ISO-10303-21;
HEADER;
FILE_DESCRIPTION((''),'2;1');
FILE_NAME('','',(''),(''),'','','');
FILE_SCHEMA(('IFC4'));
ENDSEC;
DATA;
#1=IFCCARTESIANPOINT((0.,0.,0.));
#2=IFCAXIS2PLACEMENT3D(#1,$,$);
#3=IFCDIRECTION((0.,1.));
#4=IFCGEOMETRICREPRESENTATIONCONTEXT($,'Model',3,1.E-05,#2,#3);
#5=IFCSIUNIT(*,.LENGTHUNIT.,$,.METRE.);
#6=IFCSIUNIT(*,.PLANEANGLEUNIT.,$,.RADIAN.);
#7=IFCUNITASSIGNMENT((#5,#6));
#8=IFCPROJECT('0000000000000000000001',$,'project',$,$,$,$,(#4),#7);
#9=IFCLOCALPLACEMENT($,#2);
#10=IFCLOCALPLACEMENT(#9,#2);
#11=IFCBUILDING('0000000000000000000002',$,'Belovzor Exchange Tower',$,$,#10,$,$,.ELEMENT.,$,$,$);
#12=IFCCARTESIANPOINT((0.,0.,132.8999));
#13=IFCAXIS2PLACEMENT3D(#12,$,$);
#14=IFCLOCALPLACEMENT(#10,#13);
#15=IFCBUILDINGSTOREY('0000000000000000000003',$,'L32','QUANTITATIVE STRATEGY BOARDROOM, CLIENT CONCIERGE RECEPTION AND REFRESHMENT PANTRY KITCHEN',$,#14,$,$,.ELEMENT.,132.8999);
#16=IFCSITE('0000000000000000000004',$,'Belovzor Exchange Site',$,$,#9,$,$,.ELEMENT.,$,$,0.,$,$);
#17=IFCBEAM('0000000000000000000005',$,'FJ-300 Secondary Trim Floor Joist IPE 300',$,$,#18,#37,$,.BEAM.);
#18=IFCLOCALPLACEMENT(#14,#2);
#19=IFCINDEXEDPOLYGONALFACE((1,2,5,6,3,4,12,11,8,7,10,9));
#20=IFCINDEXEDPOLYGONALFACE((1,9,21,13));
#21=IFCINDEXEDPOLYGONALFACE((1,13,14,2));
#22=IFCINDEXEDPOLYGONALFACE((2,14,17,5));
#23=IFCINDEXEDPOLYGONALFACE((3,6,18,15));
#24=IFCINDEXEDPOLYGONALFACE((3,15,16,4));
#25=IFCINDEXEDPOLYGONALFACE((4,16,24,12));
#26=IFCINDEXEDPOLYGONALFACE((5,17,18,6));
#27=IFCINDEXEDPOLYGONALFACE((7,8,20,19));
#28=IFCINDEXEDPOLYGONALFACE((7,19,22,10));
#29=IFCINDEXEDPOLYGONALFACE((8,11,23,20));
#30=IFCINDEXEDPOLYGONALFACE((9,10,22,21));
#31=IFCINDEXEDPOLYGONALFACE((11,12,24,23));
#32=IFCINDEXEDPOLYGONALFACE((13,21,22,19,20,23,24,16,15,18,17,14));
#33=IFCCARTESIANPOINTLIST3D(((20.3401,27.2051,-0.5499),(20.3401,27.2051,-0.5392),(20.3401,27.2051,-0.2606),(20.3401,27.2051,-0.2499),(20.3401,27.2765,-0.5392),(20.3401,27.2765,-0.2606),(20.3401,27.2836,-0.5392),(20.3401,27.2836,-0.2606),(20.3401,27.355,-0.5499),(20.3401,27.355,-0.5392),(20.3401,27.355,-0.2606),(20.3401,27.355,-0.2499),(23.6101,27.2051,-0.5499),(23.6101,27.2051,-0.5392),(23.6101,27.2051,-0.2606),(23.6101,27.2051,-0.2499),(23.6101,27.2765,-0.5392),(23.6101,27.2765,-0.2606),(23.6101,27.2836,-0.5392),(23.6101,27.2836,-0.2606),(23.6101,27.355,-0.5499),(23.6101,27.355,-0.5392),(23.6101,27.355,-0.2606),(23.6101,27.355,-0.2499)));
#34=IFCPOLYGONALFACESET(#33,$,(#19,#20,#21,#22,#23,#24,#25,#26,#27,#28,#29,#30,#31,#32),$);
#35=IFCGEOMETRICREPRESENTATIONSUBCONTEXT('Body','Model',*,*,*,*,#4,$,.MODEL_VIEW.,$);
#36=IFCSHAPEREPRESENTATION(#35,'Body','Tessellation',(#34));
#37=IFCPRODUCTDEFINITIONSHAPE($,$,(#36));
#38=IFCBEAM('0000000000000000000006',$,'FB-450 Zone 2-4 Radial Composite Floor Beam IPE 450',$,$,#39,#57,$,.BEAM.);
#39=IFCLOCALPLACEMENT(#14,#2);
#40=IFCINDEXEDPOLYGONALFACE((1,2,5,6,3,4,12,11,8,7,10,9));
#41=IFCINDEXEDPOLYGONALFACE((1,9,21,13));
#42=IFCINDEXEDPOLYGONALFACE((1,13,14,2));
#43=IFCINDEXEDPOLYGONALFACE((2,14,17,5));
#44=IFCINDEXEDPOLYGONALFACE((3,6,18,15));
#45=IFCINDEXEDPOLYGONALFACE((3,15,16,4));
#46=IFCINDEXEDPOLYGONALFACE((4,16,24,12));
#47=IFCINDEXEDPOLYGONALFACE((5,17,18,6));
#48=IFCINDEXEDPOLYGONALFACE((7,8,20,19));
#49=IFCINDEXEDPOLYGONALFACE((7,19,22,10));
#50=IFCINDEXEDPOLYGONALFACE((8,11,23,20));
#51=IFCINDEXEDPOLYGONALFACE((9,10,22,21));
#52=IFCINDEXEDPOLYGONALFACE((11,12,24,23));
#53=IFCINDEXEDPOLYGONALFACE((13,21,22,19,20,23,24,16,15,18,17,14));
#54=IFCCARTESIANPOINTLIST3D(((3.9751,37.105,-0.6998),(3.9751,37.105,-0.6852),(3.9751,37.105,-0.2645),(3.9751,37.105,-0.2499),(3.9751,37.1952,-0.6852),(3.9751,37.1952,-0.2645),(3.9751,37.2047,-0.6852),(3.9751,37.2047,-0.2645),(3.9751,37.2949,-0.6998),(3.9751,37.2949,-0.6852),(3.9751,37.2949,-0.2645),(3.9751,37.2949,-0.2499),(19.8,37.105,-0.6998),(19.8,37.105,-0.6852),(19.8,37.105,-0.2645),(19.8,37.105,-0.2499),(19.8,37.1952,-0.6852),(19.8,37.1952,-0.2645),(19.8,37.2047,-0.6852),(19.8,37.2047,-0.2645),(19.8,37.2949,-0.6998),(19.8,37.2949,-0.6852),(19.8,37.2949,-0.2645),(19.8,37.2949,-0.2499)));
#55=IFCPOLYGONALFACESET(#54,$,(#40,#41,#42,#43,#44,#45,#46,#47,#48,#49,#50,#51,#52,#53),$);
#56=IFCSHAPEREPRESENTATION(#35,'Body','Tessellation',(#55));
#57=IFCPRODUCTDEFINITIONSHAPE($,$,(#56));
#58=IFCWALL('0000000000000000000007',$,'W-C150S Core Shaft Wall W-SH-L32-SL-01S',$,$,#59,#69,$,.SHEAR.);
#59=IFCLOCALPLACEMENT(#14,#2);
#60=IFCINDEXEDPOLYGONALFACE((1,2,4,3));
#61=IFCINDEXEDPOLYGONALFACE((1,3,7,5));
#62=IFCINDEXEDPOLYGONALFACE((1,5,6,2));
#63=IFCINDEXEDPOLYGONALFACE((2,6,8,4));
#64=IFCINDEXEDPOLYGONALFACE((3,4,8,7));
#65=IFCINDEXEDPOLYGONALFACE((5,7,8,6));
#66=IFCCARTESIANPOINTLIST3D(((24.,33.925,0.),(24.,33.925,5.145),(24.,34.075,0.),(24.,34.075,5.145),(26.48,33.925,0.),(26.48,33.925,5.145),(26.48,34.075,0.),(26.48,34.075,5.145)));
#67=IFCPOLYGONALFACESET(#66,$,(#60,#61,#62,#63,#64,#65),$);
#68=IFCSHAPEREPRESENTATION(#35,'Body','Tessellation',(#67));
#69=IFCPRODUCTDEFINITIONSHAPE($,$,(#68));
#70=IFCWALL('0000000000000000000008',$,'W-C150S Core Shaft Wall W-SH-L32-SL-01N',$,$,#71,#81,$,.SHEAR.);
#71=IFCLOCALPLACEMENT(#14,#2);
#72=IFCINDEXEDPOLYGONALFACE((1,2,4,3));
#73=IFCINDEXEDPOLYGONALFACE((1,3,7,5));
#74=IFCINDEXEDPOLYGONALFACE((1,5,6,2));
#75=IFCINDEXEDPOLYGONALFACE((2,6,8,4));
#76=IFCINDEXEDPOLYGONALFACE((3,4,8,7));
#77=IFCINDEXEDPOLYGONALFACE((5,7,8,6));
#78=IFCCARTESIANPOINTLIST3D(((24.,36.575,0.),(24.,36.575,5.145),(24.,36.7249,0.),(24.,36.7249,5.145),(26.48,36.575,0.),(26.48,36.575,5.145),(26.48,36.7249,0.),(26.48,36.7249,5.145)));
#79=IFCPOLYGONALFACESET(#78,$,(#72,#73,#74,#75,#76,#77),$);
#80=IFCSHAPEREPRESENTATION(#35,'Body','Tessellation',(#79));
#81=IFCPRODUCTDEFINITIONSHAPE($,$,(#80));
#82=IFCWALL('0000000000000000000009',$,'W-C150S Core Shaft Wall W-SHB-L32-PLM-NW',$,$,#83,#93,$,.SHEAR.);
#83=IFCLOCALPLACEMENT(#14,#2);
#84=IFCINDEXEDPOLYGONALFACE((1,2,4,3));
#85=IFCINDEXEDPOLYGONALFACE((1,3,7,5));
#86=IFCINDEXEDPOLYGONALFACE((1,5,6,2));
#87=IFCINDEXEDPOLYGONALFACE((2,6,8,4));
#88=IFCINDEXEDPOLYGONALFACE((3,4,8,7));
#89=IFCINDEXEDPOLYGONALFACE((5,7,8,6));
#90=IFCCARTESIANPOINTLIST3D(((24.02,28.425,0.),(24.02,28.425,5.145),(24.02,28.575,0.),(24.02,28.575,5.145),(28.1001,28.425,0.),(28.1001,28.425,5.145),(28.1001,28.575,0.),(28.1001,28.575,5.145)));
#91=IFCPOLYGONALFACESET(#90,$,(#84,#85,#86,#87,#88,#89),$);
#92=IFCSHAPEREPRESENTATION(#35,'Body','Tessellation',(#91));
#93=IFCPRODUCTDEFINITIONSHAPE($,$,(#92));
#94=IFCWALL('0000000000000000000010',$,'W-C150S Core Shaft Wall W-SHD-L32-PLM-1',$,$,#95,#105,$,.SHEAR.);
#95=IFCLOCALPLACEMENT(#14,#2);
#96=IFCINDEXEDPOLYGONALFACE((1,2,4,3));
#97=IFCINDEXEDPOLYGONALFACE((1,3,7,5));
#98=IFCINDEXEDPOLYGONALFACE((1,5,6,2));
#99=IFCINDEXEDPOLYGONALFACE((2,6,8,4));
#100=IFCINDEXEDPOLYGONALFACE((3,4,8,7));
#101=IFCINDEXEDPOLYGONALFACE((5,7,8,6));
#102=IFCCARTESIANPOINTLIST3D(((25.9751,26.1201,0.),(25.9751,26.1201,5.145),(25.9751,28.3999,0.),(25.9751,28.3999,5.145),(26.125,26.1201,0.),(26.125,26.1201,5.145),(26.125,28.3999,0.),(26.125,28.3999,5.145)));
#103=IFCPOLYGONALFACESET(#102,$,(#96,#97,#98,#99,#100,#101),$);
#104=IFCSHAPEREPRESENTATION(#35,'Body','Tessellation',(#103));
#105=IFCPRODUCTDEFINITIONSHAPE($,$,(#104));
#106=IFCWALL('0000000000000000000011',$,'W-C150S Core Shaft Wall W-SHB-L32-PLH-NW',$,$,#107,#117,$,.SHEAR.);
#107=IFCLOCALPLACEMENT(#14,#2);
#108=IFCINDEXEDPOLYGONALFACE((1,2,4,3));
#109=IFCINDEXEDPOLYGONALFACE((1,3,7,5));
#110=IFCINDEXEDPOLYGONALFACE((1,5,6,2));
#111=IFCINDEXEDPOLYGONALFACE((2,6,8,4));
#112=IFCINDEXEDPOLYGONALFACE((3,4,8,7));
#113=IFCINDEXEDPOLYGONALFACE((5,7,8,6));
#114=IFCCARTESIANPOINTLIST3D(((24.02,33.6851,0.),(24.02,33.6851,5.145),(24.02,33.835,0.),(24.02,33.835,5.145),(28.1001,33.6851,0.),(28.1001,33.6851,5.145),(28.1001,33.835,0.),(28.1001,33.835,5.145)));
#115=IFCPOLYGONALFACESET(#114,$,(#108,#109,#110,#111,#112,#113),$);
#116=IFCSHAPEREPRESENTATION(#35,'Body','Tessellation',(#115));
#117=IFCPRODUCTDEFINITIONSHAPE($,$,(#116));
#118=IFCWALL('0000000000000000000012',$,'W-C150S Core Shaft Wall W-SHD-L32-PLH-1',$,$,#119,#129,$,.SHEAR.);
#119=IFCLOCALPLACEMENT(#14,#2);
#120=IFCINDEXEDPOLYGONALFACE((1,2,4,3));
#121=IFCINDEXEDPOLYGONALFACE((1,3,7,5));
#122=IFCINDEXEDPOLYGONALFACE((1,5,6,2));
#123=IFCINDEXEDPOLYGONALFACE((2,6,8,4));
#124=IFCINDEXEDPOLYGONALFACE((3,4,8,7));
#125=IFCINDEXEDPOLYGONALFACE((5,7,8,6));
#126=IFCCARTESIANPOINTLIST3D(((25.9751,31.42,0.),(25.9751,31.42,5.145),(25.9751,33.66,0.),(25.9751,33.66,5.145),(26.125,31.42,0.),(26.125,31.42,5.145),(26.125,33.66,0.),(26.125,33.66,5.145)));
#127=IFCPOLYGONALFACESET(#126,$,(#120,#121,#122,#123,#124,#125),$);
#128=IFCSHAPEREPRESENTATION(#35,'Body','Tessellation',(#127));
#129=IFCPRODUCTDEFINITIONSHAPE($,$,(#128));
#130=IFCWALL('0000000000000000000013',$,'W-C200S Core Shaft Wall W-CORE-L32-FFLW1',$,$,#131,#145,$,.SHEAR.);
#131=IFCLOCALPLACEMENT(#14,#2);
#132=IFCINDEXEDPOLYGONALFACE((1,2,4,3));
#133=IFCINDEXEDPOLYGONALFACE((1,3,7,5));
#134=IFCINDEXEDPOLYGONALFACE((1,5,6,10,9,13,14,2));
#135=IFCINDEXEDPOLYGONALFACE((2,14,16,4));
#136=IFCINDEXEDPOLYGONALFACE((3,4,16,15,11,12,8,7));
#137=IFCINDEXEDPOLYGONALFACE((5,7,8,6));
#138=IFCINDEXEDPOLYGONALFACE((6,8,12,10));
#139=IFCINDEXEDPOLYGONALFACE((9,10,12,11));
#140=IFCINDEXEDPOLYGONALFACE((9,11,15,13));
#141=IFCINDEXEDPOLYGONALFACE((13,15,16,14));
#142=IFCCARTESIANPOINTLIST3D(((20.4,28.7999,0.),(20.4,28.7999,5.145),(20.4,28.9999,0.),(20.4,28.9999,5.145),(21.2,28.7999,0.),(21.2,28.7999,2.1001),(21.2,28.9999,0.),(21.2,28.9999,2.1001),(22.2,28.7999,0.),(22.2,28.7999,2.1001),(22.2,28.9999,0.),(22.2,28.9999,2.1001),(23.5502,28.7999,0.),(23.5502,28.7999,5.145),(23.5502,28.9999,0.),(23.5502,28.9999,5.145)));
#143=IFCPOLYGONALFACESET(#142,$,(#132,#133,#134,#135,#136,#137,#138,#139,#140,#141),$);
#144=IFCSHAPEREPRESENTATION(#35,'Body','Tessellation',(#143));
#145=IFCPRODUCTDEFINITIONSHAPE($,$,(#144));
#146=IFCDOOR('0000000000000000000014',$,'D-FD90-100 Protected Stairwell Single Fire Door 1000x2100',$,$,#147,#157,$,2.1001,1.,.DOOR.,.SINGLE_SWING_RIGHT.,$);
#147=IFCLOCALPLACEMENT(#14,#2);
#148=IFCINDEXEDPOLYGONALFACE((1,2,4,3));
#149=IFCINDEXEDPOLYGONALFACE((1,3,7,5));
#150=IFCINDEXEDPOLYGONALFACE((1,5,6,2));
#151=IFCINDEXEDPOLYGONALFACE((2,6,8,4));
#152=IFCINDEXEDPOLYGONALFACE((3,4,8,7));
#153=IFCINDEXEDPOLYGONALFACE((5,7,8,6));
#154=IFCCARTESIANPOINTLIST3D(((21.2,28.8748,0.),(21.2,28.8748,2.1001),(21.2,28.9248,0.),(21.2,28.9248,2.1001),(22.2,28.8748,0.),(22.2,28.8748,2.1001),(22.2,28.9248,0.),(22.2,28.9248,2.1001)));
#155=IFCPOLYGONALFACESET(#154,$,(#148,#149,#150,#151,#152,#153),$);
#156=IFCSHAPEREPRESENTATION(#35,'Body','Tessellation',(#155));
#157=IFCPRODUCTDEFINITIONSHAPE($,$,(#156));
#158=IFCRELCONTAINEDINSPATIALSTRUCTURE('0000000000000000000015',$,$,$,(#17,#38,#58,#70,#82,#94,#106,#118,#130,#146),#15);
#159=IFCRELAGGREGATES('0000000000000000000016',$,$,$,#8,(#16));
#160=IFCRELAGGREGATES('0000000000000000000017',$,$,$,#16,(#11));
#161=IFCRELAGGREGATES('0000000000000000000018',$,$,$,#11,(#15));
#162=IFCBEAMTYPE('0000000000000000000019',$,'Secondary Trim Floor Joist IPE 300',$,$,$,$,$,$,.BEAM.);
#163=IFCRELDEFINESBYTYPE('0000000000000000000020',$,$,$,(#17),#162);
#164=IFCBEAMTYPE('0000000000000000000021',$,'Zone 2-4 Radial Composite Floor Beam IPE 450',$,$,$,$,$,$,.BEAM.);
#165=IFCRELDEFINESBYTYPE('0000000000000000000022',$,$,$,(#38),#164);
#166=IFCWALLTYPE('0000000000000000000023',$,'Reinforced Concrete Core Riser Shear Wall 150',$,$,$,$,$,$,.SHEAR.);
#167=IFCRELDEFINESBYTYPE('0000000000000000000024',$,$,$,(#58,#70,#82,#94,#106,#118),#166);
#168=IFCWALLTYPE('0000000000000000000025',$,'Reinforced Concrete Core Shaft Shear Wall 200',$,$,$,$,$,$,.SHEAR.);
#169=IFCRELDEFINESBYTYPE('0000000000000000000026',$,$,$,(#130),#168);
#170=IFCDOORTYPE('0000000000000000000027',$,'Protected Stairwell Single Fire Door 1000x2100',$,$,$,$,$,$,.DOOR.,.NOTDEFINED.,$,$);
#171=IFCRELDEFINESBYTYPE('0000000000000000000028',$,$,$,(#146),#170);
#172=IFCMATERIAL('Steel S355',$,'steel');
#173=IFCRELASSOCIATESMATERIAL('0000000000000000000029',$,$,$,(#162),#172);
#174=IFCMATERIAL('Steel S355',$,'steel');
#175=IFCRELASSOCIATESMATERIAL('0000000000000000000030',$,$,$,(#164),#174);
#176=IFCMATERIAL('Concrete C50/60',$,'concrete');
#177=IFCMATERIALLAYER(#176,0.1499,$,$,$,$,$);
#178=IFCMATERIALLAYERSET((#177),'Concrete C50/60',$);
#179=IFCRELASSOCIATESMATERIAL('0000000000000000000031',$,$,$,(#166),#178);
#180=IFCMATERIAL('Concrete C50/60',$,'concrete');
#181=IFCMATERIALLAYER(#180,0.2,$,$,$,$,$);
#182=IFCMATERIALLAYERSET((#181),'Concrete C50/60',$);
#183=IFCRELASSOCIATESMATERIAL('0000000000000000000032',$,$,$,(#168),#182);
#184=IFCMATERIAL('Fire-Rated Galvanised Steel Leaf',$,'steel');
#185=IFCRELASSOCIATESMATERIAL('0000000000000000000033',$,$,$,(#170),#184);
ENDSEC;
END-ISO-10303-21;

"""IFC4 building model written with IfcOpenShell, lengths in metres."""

from ifc_helpers import new_model, si_unit, direction, frame, frame_2d, origin, origin_2d, place, context, subcontext, project, spatial, rectangle, i_section, extrude, material, layer, layer_set, material_profile, profile_set, type_object, element, fill, save


model = new_model("IFC4")

# Units and contexts
model_context = context("Model", 3, precision=1e-05, world=origin(), true_north=direction((0.0, 1.0)))
body_context = subcontext(model_context, "Body", "Model", "MODEL_VIEW")
ifc_project = project(units=[si_unit("LENGTHUNIT", "METRE"), si_unit("PLANEANGLEUNIT", "RADIAN")], contexts=[model_context])

# Site, building, storey
site_placement = place(None, origin())
site = spatial("IfcSite", under=ifc_project, at=site_placement, Name="Belovzor Exchange Site", CompositionType="ELEMENT", RefElevation=0.0)
building_placement = place(site_placement, origin())
building = spatial("IfcBuilding", under=site, at=building_placement, Name="Belovzor Exchange Tower", CompositionType="ELEMENT")
storey_placement = place(building_placement, frame((0.0, 0.0, 132.8999)))
storey = spatial("IfcBuildingStorey", under=building, at=storey_placement, Name="L32", Description="QUANTITATIVE STRATEGY BOARDROOM, CLIENT CONCIERGE RECEPTION AND REFRESHMENT PANTRY KITCHEN", CompositionType="ELEMENT", Elevation=132.8999)

# Beams
ifc_material_1 = material(Name="Steel S355", Category="steel")
ifc_material_profile_1 = material_profile(ifc_material_1, i_section(OverallWidth=0.1499, OverallDepth=0.3, WebThickness=0.0071, FlangeThickness=0.0107, at=origin_2d()))
ifc_profile_set_1 = profile_set([ifc_material_profile_1], Name="Steel S355")
beam_type_1 = type_object("IfcBeamType", Name="Secondary Trim Floor Joist IPE 300", PredefinedType="BEAM", material=ifc_profile_set_1)
beam_1_placement = place(storey_placement, frame((20.3401, 27.28, -0.3999), z_axis=(1.0, 0.0, 0.0), x_axis=(0.0, 1.0, 0.0)))
element("IfcBeam", 1, at=beam_1_placement, inside=storey, type_object=beam_type_1, Name="FJ-300 Secondary Trim Floor Joist IPE 300", PredefinedType="BEAM", context=body_context, shape_type="SweptSolid", body=[
    extrude(i_section(OverallWidth=0.1499, OverallDepth=0.3, WebThickness=0.0071, FlangeThickness=0.0107, at=origin_2d()), origin(), (0.0, 0.0, 1.0), 3.27),
])
ifc_material_2 = material(Name="Steel S355", Category="steel")
ifc_material_profile_2 = material_profile(ifc_material_2, i_section(OverallWidth=0.1899, OverallDepth=0.45, WebThickness=0.0095, FlangeThickness=0.0146, at=origin_2d()))
ifc_profile_set_2 = profile_set([ifc_material_profile_2], Name="Steel S355")
beam_type_2 = type_object("IfcBeamType", Name="Zone 2-4 Radial Composite Floor Beam IPE 450", PredefinedType="BEAM", material=ifc_profile_set_2)
beam_2_placement = place(storey_placement, frame((19.8, 37.2, -0.4749), z_axis=(-1.0, 0.0, 0.0), x_axis=(0.0, -1.0, 0.0)))
element("IfcBeam", 2, at=beam_2_placement, inside=storey, type_object=beam_type_2, Name="FB-450 Zone 2-4 Radial Composite Floor Beam IPE 450", PredefinedType="BEAM", context=body_context, shape_type="SweptSolid", body=[
    extrude(i_section(OverallWidth=0.1899, OverallDepth=0.45, WebThickness=0.0095, FlangeThickness=0.0146, at=origin_2d()), origin(), (0.0, 0.0, 1.0), 15.825),
])

# Walls
ifc_material_3 = material(Name="Concrete C50/60", Category="concrete")
ifc_layer_1 = layer(ifc_material_3, 0.1499)
ifc_layer_set_1 = layer_set([ifc_layer_1], Name="Concrete C50/60")
wall_type_1 = type_object("IfcWallType", Name="Reinforced Concrete Core Riser Shear Wall 150", PredefinedType="SHEAR", material=ifc_layer_set_1)
for number, where, z_axis, x_axis, name in (
    (3, (24.0, 34.0, 0.0), (0.0, 0.0, 1.0), (1.0, 0.0, 0.0), "W-C150S Core Shaft Wall W-SH-L32-SL-01S"),
    (4, (24.0, 36.6499, 0.0), (0.0, 0.0, 1.0), (1.0, 0.0, 0.0), "W-C150S Core Shaft Wall W-SH-L32-SL-01N"),
):
    element("IfcWall", number, at=place(storey_placement, frame(where, z_axis=z_axis, x_axis=x_axis)), inside=storey, type_object=wall_type_1, Name=name, PredefinedType="SHEAR", context=body_context, shape_type="SweptSolid", body=[
        extrude(rectangle(XDim=2.48, YDim=0.1499, at=frame_2d((1.24, 0.0))), origin(), (0.0, 0.0, 1.0), 5.145),
    ])
wall_1_placement = place(storey_placement, frame((24.02, 28.5, 0.0), z_axis=(0.0, 0.0, 1.0), x_axis=(1.0, 0.0, 0.0)))
element("IfcWall", 5, at=wall_1_placement, inside=storey, type_object=wall_type_1, Name="W-C150S Core Shaft Wall W-SHB-L32-PLM-NW", PredefinedType="SHEAR", context=body_context, shape_type="SweptSolid", body=[
    extrude(rectangle(XDim=4.0801, YDim=0.1499, at=frame_2d((2.04, 0.0))), origin(), (0.0, 0.0, 1.0), 5.145),
])
wall_2_placement = place(storey_placement, frame((26.05, 26.1201, 0.0), z_axis=(0.0, 0.0, 1.0), x_axis=(0.0, 1.0, 0.0)))
element("IfcWall", 6, at=wall_2_placement, inside=storey, type_object=wall_type_1, Name="W-C150S Core Shaft Wall W-SHD-L32-PLM-1", PredefinedType="SHEAR", context=body_context, shape_type="SweptSolid", body=[
    extrude(rectangle(XDim=2.2798, YDim=0.1499, at=frame_2d((1.1399, 0.0))), origin(), (0.0, 0.0, 1.0), 5.145),
])
wall_3_placement = place(storey_placement, frame((24.02, 33.76, 0.0), z_axis=(0.0, 0.0, 1.0), x_axis=(1.0, 0.0, 0.0)))
element("IfcWall", 7, at=wall_3_placement, inside=storey, type_object=wall_type_1, Name="W-C150S Core Shaft Wall W-SHB-L32-PLH-NW", PredefinedType="SHEAR", context=body_context, shape_type="SweptSolid", body=[
    extrude(rectangle(XDim=4.0801, YDim=0.1499, at=frame_2d((2.04, 0.0))), origin(), (0.0, 0.0, 1.0), 5.145),
])
wall_4_placement = place(storey_placement, frame((26.05, 31.4199, 0.0), z_axis=(0.0, 0.0, 1.0), x_axis=(0.0, 1.0, 0.0)))
element("IfcWall", 8, at=wall_4_placement, inside=storey, type_object=wall_type_1, Name="W-C150S Core Shaft Wall W-SHD-L32-PLH-1", PredefinedType="SHEAR", context=body_context, shape_type="SweptSolid", body=[
    extrude(rectangle(XDim=2.24, YDim=0.1499, at=frame_2d((1.1201, 0.0))), origin(), (0.0, 0.0, 1.0), 5.145),
])

# Wall, opening, door
ifc_material_4 = material(Name="Concrete C50/60", Category="concrete")
ifc_layer_2 = layer(ifc_material_4, 0.2)
ifc_layer_set_2 = layer_set([ifc_layer_2], Name="Concrete C50/60")
wall_type_2 = type_object("IfcWallType", Name="Reinforced Concrete Core Shaft Shear Wall 200", PredefinedType="SHEAR", material=ifc_layer_set_2)
wall_5_placement = place(storey_placement, frame((20.3999, 28.8999, 0.0), z_axis=(0.0, 0.0, 1.0), x_axis=(1.0, 0.0, 0.0)))
wall_5 = element("IfcWall", 9, at=wall_5_placement, inside=storey, type_object=wall_type_2, Name="W-C200S Core Shaft Wall W-CORE-L32-FFLW1", PredefinedType="SHEAR", context=body_context, shape_type="SweptSolid", body=[
    extrude(rectangle(XDim=3.1501, YDim=0.2, at=frame_2d((1.5752, 0.0))), origin(), (0.0, 0.0, 1.0), 5.145),
])
opening_1_placement = place(wall_5_placement, frame((0.8, 0.0, 0.0)))
opening_1 = element("IfcOpeningElement", 10, at=opening_1_placement, cuts=wall_5, PredefinedType="OPENING", context=body_context, shape_type="SweptSolid", body=[
    extrude(rectangle(XDim=1.0, YDim=2.1001, at=frame_2d((0.5, 1.05))), frame((0.0, 0.1099, 0.0), z_axis=(0.0, -1.0, 0.0), x_axis=(1.0, 0.0, 0.0)), (0.0, 0.0, 1.0), 0.22),
])
ifc_material_5 = material(Name="Fire-Rated Galvanised Steel Leaf", Category="steel")
door_type_1 = type_object("IfcDoorType", Name="Protected Stairwell Single Fire Door 1000x2100", OperationType="NOTDEFINED", PredefinedType="DOOR", material=ifc_material_5)
door_1_placement = place(opening_1_placement, origin())
door_1 = element("IfcDoor", 11, at=door_1_placement, inside=storey, type_object=door_type_1, Name="D-FD90-100 Protected Stairwell Single Fire Door 1000x2100", OperationType="SINGLE_SWING_RIGHT", OverallHeight=2.1001, OverallWidth=1.0, PredefinedType="DOOR", context=body_context, shape_type="SweptSolid", body=[
    extrude(rectangle(XDim=1.0, YDim=2.1001, at=frame_2d((0.5, 1.05))), frame((0.0, 0.0249, 0.0), z_axis=(0.0, -1.0, 0.0), x_axis=(1.0, 0.0, 0.0)), (0.0, 0.0, 1.0), 0.05),
])
fill(opening_1, door_1)

save(model, "model.ifc")
